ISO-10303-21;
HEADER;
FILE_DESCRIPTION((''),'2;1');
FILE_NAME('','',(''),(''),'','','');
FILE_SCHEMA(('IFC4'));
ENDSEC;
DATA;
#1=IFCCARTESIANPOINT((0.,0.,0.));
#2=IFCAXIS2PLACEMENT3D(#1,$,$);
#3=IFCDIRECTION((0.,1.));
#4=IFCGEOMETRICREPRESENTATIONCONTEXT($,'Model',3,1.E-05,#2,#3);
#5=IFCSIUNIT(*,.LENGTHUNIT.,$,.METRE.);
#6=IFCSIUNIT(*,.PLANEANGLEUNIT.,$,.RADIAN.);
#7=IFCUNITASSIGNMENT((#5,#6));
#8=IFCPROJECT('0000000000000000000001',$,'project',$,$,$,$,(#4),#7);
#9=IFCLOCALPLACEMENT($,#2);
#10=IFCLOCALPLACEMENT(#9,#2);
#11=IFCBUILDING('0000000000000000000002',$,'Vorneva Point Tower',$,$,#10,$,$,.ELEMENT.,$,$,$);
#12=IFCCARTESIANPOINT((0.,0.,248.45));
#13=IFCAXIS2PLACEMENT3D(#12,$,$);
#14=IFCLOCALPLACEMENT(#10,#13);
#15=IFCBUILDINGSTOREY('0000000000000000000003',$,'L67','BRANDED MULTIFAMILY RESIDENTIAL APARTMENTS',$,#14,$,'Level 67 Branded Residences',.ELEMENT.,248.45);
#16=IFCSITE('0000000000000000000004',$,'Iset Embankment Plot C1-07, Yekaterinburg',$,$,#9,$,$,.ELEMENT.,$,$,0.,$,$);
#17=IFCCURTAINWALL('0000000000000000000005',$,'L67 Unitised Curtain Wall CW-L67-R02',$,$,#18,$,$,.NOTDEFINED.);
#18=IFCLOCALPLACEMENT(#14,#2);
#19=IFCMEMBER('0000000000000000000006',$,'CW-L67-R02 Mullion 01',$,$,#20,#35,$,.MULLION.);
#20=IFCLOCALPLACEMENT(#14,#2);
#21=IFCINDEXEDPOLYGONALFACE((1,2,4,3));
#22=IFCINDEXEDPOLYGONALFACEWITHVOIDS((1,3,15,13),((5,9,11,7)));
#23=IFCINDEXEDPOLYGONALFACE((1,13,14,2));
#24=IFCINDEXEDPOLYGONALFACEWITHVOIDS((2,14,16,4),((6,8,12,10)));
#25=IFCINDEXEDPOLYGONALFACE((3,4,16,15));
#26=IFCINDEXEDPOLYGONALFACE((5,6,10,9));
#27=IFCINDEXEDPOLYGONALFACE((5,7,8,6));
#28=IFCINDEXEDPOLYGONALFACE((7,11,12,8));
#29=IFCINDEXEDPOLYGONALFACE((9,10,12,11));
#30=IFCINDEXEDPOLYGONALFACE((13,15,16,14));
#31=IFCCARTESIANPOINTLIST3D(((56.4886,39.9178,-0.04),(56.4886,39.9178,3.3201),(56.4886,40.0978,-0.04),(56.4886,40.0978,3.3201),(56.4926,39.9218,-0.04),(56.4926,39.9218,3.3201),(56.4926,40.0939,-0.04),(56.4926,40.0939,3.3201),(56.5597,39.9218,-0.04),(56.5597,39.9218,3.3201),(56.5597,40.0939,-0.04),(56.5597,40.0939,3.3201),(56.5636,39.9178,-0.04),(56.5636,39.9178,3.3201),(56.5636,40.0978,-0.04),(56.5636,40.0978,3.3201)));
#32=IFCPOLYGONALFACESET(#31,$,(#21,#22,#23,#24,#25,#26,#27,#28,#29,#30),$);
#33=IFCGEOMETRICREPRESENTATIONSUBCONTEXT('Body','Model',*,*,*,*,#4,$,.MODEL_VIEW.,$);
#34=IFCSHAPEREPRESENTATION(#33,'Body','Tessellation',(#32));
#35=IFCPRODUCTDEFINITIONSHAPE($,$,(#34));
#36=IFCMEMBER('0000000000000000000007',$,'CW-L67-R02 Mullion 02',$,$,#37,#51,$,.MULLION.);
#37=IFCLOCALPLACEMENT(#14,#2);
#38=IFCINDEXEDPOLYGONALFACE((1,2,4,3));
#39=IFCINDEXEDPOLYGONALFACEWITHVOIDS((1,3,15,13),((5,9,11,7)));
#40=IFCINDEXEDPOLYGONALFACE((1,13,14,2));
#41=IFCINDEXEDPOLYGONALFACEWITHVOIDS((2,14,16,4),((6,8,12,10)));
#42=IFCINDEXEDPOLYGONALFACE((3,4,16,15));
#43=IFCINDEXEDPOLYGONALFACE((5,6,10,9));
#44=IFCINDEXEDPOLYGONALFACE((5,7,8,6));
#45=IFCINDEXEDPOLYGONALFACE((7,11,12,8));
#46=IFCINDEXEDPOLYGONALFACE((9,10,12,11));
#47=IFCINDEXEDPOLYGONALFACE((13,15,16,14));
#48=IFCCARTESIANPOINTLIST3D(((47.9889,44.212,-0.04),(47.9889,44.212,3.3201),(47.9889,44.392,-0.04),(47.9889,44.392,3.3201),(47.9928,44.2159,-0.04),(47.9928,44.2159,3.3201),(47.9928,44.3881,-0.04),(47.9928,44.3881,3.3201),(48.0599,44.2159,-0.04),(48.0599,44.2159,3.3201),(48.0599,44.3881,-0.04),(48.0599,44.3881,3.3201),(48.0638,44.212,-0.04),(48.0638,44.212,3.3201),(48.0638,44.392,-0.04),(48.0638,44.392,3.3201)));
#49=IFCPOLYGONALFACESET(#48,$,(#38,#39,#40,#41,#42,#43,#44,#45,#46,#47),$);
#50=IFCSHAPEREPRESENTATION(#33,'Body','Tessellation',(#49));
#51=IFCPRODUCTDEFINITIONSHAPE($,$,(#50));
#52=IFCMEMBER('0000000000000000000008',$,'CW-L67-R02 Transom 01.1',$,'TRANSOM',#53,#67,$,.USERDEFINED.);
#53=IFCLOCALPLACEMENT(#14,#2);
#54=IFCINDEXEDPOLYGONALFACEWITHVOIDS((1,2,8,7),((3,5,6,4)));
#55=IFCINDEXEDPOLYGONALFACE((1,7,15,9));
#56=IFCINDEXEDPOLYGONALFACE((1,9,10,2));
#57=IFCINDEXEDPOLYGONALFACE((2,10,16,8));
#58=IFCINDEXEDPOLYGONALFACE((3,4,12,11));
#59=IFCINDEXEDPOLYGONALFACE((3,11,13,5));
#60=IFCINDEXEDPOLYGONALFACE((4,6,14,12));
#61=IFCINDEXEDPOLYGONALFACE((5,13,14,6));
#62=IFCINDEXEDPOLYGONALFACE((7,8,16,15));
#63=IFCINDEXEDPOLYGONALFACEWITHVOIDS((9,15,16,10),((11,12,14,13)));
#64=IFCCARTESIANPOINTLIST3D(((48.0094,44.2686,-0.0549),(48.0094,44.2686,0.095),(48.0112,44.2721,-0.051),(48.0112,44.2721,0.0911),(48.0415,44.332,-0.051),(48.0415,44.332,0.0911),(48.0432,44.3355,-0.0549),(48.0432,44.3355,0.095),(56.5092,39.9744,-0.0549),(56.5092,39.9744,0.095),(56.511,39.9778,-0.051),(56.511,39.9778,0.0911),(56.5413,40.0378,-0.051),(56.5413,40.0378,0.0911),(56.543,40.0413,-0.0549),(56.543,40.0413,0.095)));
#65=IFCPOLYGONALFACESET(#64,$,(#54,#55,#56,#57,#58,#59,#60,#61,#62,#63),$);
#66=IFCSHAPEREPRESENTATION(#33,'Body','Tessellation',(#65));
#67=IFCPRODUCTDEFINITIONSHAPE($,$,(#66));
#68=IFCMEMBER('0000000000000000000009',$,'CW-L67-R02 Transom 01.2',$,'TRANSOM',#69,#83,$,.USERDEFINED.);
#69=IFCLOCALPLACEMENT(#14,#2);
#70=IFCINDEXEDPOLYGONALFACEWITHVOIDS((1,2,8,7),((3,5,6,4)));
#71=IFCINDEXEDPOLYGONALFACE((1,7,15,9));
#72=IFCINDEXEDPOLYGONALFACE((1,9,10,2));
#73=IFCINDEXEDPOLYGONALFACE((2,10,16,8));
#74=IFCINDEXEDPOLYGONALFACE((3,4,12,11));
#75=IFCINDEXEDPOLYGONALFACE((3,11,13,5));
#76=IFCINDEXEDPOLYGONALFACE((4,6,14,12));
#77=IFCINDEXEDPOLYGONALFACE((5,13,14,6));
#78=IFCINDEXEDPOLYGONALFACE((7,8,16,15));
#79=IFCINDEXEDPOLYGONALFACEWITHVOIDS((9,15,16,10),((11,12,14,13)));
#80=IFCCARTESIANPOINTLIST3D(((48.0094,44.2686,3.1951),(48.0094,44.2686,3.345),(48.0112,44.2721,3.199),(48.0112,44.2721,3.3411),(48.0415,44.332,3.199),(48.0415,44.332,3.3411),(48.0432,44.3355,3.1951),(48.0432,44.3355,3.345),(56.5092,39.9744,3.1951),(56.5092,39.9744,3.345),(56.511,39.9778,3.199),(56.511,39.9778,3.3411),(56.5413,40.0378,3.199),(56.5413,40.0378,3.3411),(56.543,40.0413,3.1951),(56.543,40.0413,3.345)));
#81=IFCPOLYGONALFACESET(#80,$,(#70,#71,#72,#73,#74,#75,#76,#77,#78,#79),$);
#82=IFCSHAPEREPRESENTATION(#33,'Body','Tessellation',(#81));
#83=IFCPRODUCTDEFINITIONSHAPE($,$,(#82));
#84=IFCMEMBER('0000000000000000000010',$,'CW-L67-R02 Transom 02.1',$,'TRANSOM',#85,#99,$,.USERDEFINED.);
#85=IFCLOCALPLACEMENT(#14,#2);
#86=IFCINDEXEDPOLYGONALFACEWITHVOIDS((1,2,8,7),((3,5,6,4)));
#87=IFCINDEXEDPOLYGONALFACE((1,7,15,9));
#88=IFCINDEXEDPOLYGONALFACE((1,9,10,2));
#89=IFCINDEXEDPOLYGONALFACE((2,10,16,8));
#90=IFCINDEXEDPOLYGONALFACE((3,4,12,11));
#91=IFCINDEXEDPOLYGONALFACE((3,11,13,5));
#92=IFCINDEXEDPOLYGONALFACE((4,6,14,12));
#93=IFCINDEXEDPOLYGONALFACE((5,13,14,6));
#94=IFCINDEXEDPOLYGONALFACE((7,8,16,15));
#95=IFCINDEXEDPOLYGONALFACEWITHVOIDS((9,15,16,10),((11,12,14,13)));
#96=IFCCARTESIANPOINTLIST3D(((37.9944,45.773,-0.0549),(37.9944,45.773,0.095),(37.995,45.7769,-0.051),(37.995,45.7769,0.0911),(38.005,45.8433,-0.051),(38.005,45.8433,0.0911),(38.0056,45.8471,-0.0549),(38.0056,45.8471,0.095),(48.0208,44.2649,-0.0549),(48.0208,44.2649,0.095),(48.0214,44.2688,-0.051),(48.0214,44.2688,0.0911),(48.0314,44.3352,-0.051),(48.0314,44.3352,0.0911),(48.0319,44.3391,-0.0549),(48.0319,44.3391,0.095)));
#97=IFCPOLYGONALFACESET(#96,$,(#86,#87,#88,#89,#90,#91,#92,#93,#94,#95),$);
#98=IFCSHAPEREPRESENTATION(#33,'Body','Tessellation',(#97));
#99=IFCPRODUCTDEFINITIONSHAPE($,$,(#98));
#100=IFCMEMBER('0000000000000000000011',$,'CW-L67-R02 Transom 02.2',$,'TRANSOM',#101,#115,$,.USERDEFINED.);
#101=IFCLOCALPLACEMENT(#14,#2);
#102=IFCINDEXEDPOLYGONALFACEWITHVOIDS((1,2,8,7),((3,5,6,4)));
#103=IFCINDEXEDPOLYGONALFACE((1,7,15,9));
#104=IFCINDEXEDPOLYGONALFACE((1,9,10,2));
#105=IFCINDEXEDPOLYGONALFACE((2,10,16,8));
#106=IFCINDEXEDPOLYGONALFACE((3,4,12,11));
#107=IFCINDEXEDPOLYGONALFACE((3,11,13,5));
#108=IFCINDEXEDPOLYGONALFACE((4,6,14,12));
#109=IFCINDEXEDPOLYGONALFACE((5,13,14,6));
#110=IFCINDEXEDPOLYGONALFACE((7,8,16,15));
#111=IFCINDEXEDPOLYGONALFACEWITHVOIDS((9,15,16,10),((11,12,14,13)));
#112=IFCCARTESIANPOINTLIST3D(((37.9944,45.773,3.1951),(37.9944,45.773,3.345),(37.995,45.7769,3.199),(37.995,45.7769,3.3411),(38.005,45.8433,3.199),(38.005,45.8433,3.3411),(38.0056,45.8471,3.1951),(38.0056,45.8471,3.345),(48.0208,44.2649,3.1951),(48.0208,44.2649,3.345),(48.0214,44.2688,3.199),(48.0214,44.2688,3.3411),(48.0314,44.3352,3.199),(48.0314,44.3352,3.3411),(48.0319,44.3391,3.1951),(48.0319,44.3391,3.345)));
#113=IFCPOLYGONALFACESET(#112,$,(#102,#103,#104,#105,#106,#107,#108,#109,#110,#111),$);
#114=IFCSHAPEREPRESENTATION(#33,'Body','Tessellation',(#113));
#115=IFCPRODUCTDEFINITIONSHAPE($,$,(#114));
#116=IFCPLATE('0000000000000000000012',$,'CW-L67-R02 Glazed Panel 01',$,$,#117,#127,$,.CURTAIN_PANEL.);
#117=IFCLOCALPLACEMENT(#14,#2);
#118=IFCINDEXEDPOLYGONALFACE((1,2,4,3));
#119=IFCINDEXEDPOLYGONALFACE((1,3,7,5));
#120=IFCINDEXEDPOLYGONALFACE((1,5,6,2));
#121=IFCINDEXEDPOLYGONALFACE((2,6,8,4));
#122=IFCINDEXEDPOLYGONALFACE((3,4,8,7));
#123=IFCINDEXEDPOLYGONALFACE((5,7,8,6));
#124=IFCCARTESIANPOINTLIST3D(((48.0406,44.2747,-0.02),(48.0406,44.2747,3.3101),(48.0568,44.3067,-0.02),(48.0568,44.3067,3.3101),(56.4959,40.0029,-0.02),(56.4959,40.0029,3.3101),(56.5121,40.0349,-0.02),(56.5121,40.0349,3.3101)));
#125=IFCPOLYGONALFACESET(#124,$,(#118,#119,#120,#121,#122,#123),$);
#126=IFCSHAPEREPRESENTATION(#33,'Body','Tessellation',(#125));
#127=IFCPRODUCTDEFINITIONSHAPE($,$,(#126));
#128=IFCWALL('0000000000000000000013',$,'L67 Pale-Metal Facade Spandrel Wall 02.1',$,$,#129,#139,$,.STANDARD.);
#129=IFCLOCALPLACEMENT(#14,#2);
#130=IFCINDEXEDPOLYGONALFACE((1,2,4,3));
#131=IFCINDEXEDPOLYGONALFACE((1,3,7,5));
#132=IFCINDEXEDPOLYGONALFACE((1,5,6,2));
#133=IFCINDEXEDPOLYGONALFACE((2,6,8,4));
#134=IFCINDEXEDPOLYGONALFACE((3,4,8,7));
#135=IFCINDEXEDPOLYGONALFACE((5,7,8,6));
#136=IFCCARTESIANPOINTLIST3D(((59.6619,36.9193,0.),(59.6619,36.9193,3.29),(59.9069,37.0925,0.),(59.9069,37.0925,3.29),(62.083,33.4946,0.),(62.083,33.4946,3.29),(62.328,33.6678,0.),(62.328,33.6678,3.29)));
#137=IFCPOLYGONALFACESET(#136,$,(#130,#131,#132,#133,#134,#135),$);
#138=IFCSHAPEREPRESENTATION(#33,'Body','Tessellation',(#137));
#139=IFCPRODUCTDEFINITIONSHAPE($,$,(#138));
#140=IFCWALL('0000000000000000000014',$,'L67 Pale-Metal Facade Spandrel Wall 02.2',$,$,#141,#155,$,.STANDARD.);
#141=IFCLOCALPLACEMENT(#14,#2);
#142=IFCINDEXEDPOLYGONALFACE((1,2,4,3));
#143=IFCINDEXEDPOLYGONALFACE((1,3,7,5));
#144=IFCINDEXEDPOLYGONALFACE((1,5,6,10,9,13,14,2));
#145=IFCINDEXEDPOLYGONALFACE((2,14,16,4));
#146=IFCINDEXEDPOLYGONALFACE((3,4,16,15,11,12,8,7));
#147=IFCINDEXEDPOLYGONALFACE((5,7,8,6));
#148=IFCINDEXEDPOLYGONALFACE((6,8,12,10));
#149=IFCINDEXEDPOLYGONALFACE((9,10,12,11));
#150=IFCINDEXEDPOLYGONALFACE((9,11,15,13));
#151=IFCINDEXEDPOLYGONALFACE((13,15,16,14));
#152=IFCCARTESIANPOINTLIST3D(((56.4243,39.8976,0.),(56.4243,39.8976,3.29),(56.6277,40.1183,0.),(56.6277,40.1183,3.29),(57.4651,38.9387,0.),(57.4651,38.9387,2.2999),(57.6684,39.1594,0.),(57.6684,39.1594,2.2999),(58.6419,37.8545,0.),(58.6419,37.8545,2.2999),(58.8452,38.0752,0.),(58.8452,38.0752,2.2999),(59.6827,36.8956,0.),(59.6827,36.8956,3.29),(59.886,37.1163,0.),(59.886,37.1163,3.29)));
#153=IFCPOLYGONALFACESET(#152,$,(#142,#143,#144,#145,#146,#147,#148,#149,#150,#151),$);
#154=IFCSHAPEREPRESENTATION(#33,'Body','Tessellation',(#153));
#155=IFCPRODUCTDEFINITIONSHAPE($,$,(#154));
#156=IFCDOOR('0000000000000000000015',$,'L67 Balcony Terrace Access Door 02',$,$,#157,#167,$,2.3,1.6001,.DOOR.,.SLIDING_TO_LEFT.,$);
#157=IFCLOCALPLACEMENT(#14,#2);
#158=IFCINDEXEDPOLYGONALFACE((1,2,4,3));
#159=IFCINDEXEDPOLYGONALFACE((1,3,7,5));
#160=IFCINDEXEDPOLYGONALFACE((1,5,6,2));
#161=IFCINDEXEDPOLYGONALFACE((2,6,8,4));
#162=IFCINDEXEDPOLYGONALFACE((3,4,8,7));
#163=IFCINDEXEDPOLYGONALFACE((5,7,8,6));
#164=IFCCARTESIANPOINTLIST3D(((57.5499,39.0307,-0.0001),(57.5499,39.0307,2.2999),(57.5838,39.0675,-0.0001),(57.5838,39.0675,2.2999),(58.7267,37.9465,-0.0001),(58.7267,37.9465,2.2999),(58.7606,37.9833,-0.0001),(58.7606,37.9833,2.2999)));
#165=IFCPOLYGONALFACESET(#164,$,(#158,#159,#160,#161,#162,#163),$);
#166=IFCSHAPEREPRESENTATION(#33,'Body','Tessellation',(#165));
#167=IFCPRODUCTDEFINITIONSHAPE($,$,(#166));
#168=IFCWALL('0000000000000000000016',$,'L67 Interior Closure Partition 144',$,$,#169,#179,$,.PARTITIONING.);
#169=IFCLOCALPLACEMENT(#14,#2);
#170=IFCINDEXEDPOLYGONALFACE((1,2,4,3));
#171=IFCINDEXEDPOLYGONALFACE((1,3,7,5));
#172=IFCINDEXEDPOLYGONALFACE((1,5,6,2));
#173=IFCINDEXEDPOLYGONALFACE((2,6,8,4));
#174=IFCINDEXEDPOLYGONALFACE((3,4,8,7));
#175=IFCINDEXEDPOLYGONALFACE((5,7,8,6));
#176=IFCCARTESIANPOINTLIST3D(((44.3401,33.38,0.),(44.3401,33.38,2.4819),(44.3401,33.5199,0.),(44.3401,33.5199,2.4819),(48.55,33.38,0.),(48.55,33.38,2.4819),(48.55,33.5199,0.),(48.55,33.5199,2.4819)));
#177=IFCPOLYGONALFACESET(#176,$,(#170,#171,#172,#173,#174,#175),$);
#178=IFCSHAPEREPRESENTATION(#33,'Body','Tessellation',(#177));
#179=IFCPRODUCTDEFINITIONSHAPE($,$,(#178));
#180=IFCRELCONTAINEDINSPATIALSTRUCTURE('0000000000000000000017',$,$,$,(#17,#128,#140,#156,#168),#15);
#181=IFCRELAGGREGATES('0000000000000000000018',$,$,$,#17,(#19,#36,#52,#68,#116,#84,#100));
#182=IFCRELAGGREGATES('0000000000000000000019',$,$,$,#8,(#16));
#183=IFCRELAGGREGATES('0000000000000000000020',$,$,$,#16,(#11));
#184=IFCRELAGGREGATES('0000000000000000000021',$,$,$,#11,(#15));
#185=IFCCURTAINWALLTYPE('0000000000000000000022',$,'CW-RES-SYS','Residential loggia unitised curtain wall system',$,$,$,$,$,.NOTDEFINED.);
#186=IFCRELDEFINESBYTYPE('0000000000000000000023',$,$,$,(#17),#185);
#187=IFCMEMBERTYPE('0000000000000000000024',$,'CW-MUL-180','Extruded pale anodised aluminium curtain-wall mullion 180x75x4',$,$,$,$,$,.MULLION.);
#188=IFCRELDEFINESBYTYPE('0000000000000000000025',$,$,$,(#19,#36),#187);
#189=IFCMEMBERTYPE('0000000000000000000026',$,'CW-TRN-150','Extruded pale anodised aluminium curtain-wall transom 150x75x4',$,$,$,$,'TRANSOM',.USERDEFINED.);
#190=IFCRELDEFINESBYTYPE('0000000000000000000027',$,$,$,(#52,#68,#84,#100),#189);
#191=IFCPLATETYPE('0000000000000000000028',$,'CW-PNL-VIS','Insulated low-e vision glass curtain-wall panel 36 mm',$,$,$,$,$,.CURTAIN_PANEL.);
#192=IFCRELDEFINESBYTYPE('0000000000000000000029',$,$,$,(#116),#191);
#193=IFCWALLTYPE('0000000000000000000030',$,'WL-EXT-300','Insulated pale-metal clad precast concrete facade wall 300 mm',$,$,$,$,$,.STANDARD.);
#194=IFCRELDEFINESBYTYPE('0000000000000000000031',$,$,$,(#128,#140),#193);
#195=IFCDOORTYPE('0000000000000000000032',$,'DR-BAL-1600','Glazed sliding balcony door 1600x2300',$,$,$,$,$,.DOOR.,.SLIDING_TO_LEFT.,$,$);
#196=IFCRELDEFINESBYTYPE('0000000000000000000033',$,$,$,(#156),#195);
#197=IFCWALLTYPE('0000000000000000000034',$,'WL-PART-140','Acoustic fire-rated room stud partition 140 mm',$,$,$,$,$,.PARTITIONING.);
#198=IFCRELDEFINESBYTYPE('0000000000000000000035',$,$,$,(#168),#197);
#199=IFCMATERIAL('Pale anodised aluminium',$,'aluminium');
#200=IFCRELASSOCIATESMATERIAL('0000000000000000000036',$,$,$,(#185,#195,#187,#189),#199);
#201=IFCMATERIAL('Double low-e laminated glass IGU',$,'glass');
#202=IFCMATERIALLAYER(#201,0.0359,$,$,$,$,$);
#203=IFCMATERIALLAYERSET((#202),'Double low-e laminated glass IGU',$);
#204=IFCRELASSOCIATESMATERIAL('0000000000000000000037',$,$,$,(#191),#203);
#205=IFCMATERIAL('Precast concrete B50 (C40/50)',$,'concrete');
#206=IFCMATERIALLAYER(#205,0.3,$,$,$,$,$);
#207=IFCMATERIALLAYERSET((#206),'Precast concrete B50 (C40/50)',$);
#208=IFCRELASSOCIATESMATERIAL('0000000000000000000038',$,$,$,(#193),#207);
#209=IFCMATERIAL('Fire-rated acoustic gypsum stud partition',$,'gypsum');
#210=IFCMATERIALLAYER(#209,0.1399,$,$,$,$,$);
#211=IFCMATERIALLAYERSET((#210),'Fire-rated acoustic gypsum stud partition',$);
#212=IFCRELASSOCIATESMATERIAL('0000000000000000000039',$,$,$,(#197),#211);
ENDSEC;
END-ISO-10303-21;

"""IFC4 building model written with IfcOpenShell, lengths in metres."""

from ifc_helpers import new_model, si_unit, direction, frame, frame_2d, origin, origin_2d, place, context, subcontext, project, spatial, rectangle, hollow_rectangle, extrude, material, layer, layer_set, material_profile, profile_set, type_object, element, fill, aggregate, save


model = new_model("IFC4")

# Units and contexts
model_context = context("Model", 3, precision=1e-05, world=origin(), true_north=direction((0.0, 1.0)))
body_context = subcontext(model_context, "Body", "Model", "MODEL_VIEW")
ifc_project = project(units=[si_unit("LENGTHUNIT", "METRE"), si_unit("PLANEANGLEUNIT", "RADIAN")], contexts=[model_context])

# Site, building, storey
site_placement = place(None, origin())
site = spatial("IfcSite", under=ifc_project, at=site_placement, Name="Iset Embankment Plot C1-07, Yekaterinburg", CompositionType="ELEMENT", RefElevation=0.0)
building_placement = place(site_placement, origin())
building = spatial("IfcBuilding", under=site, at=building_placement, Name="Vorneva Point Tower", CompositionType="ELEMENT")
storey_placement = place(building_placement, frame((0.0, 0.0, 248.45)))
storey = spatial("IfcBuildingStorey", under=building, at=storey_placement, Name="L67", Description="BRANDED MULTIFAMILY RESIDENTIAL APARTMENTS", LongName="Level 67 Branded Residences", CompositionType="ELEMENT", Elevation=248.45)

# Shared definitions
ifc_material_1 = material(Name="Pale anodised aluminium", Category="aluminium")
curtain_wall_type = type_object("IfcCurtainWallType", Name="CW-RES-SYS", Description="Residential loggia unitised curtain wall system", PredefinedType="NOTDEFINED", material=ifc_material_1)
ifc_material_profile_1 = material_profile(ifc_material_1, hollow_rectangle(XDim=0.075, YDim=0.1799, WallThickness=0.0039, at=origin_2d()), Name="AL-MUL 180x75x4")
ifc_profile_set_1 = profile_set([ifc_material_profile_1], Name="Pale anodised aluminium")
member_type_1 = type_object("IfcMemberType", Name="CW-MUL-180", Description="Extruded pale anodised aluminium curtain-wall mullion 180x75x4", PredefinedType="MULLION", material=ifc_profile_set_1)

# Curtain wall, members, plate
curtain_wall_1_placement = place(storey_placement, origin())
curtain_wall_1 = element("IfcCurtainWall", 1, at=curtain_wall_1_placement, inside=storey, type_object=curtain_wall_type, Name="L67 Unitised Curtain Wall CW-L67-R02", PredefinedType="NOTDEFINED")
member_1_placement = place(storey_placement, frame((56.5261, 40.0078, -0.04), z_axis=(0.0, 0.0, 1.0), x_axis=(1.0, 0.0, 0.0)))
member_1 = element("IfcMember", 2, at=member_1_placement, type_object=member_type_1, Name="CW-L67-R02 Mullion 01", PredefinedType="MULLION", context=body_context, shape_type="SweptSolid", body=[
    extrude(hollow_rectangle(XDim=0.075, YDim=0.1799, WallThickness=0.0039, at=origin_2d()), origin(), (0.0, 0.0, 1.0), 3.3601),
])
member_2_placement = place(storey_placement, frame((48.0264, 44.302, -0.04), z_axis=(0.0, 0.0, 1.0), x_axis=(1.0, 0.0, 0.0)))
member_2 = element("IfcMember", 3, at=member_2_placement, type_object=member_type_1, Name="CW-L67-R02 Mullion 02", PredefinedType="MULLION", context=body_context, shape_type="SweptSolid", body=[
    extrude(hollow_rectangle(XDim=0.075, YDim=0.1799, WallThickness=0.0039, at=origin_2d()), origin(), (0.0, 0.0, 1.0), 3.3601),
])
ifc_material_profile_2 = material_profile(ifc_material_1, hollow_rectangle(XDim=0.075, YDim=0.1499, WallThickness=0.0039, at=origin_2d()), Name="AL-TRN 150x75x4")
ifc_profile_set_2 = profile_set([ifc_material_profile_2], Name="Pale anodised aluminium")
member_type_2 = type_object("IfcMemberType", Name="CW-TRN-150", Description="Extruded pale anodised aluminium curtain-wall transom 150x75x4", ElementType="TRANSOM", PredefinedType="USERDEFINED", material=ifc_profile_set_2)
member_3_placement = place(storey_placement, frame((56.5261, 40.0078, 0.02), z_axis=(-0.892558, 0.450932, 0.0), x_axis=(-0.450932, -0.892558, 0.0)))
member_3 = element("IfcMember", 4, at=member_3_placement, type_object=member_type_2, Name="CW-L67-R02 Transom 01.1", ObjectType="TRANSOM", PredefinedType="USERDEFINED", context=body_context, shape_type="SweptSolid", body=[
    extrude(hollow_rectangle(XDim=0.075, YDim=0.1499, WallThickness=0.0039, at=origin_2d()), origin(), (0.0, 0.0, 1.0), 9.5229),
])
member_4_placement = place(storey_placement, frame((56.5261, 40.0078, 3.27), z_axis=(-0.892558, 0.450932, 0.0), x_axis=(-0.450932, -0.892558, 0.0)))
member_4 = element("IfcMember", 5, at=member_4_placement, type_object=member_type_2, Name="CW-L67-R02 Transom 01.2", ObjectType="TRANSOM", PredefinedType="USERDEFINED", context=body_context, shape_type="SweptSolid", body=[
    extrude(hollow_rectangle(XDim=0.075, YDim=0.1499, WallThickness=0.0039, at=origin_2d()), origin(), (0.0, 0.0, 1.0), 9.5229),
])
member_5_placement = place(storey_placement, frame((48.0264, 44.302, 0.02), z_axis=(-0.988877, 0.148736, 0.0), x_axis=(-0.148736, -0.988877, 0.0)))
member_5 = element("IfcMember", 6, at=member_5_placement, type_object=member_type_2, Name="CW-L67-R02 Transom 02.1", ObjectType="TRANSOM", PredefinedType="USERDEFINED", context=body_context, shape_type="SweptSolid", body=[
    extrude(hollow_rectangle(XDim=0.075, YDim=0.1499, WallThickness=0.0039, at=origin_2d()), origin(), (0.0, 0.0, 1.0), 10.1392),
])
member_6_placement = place(storey_placement, frame((48.0264, 44.302, 3.27), z_axis=(-0.988877, 0.148736, 0.0), x_axis=(-0.148736, -0.988877, 0.0)))
member_6 = element("IfcMember", 7, at=member_6_placement, type_object=member_type_2, Name="CW-L67-R02 Transom 02.2", ObjectType="TRANSOM", PredefinedType="USERDEFINED", context=body_context, shape_type="SweptSolid", body=[
    extrude(hollow_rectangle(XDim=0.075, YDim=0.1499, WallThickness=0.0039, at=origin_2d()), origin(), (0.0, 0.0, 1.0), 10.1392),
])
ifc_material_2 = material(Name="Double low-e laminated glass IGU", Category="glass")
ifc_layer_1 = layer(ifc_material_2, 0.0359)
ifc_layer_set_1 = layer_set([ifc_layer_1], Name="Double low-e laminated glass IGU")
plate_type = type_object("IfcPlateType", Name="CW-PNL-VIS", Description="Insulated low-e vision glass curtain-wall panel 36 mm", PredefinedType="CURTAIN_PANEL", material=ifc_layer_set_1)
plate_placement = place(storey_placement, frame((52.2764, 42.1548, -0.02), z_axis=(0.0, 0.0, 1.0), x_axis=(-0.892554, 0.45094, 0.0)))
plate = element("IfcPlate", 8, at=plate_placement, type_object=plate_type, Name="CW-L67-R02 Glazed Panel 01", PredefinedType="CURTAIN_PANEL", context=body_context, shape_type="SweptSolid", body=[
    extrude(rectangle(XDim=9.4731, YDim=0.0359, at=origin_2d()), origin(), (0.0, 0.0, 1.0), 3.3301),
])
aggregate(curtain_wall_1, [member_1, member_2, member_3, member_4, plate, member_5, member_6])

# Wall
ifc_material_3 = material(Name="Precast concrete B50 (C40/50)", Category="concrete")
ifc_layer_2 = layer(ifc_material_3, 0.3)
ifc_layer_set_2 = layer_set([ifc_layer_2], Name="Precast concrete B50 (C40/50)")
wall_type_1 = type_object("IfcWallType", Name="WL-EXT-300", Description="Insulated pale-metal clad precast concrete facade wall 300 mm", PredefinedType="STANDARD", material=ifc_layer_set_2)
wall_1_placement = place(storey_placement, frame((62.2056, 33.5811, 0.0), z_axis=(0.0, 0.0, 1.0), x_axis=(-0.577261, 0.81656, 0.0)))
element("IfcWall", 9, at=wall_1_placement, inside=storey, type_object=wall_type_1, Name="L67 Pale-Metal Facade Spandrel Wall 02.1", PredefinedType="STANDARD", context=body_context, shape_type="SweptSolid", body=[
    extrude(rectangle(XDim=4.1941, YDim=0.3, at=frame_2d((2.0972, 0.0))), origin(), (0.0, 0.0, 1.0), 3.29),
])

# Wall, opening, door
wall_2_placement = place(storey_placement, frame((59.7844, 37.0059, 0.0), z_axis=(0.0, 0.0, 1.0), x_axis=(-0.735445, 0.677584, 0.0)))
wall_2 = element("IfcWall", 10, at=wall_2_placement, inside=storey, type_object=wall_type_1, Name="L67 Pale-Metal Facade Spandrel Wall 02.2", PredefinedType="STANDARD", context=body_context, shape_type="SweptSolid", body=[
    extrude(rectangle(XDim=4.4304, YDim=0.3, at=frame_2d((2.2153, 0.0))), origin(), (0.0, 0.0, 1.0), 3.29),
])
opening_1_placement = place(wall_2_placement, frame((1.4153, 0.0, 0.0)))
opening_1 = element("IfcOpeningElement", 11, at=opening_1_placement, cuts=wall_2, PredefinedType="OPENING", context=body_context, shape_type="SweptSolid", body=[
    extrude(rectangle(XDim=1.6001, YDim=2.3, at=frame_2d((0.8, 1.1499))), frame((0.0, 0.165, 0.0), z_axis=(0.0, -1.0, 0.0), x_axis=(1.0, 0.0, 0.0)), (0.0, 0.0, 1.0), 0.3298),
])
door_type_1 = type_object("IfcDoorType", Name="DR-BAL-1600", Description="Glazed sliding balcony door 1600x2300", OperationType="SLIDING_TO_LEFT", PredefinedType="DOOR", material=ifc_material_1)
door_1_placement = place(opening_1_placement, origin())
door_1 = element("IfcDoor", 12, at=door_1_placement, inside=storey, type_object=door_type_1, Name="L67 Balcony Terrace Access Door 02", OperationType="SLIDING_TO_LEFT", OverallHeight=2.3, OverallWidth=1.6001, PredefinedType="DOOR", context=body_context, shape_type="SweptSolid", body=[
    extrude(rectangle(XDim=1.6001, YDim=2.3, at=frame_2d((0.8, 1.1499))), frame((0.0, 0.0249, 0.0), z_axis=(0.0, -1.0, 0.0), x_axis=(1.0, 0.0, 0.0)), (0.0, 0.0, 1.0), 0.05),
])
fill(opening_1, door_1)

# Wall
ifc_material_4 = material(Name="Fire-rated acoustic gypsum stud partition", Category="gypsum")
ifc_layer_3 = layer(ifc_material_4, 0.1399)
ifc_layer_set_3 = layer_set([ifc_layer_3], Name="Fire-rated acoustic gypsum stud partition")
wall_type_2 = type_object("IfcWallType", Name="WL-PART-140", Description="Acoustic fire-rated room stud partition 140 mm", PredefinedType="PARTITIONING", material=ifc_layer_set_3)
wall_3_placement = place(storey_placement, frame((48.55, 33.45, 0.0), z_axis=(0.0, 0.0, 1.0), x_axis=(-1.0, 0.0, 0.0)))
element("IfcWall", 13, at=wall_3_placement, inside=storey, type_object=wall_type_2, Name="L67 Interior Closure Partition 144", PredefinedType="PARTITIONING", context=body_context, shape_type="SweptSolid", body=[
    extrude(rectangle(XDim=4.21, YDim=0.1399, at=frame_2d((2.105, 0.0))), origin(), (0.0, 0.0, 1.0), 2.4819),
])

save(model, "model.ifc")
